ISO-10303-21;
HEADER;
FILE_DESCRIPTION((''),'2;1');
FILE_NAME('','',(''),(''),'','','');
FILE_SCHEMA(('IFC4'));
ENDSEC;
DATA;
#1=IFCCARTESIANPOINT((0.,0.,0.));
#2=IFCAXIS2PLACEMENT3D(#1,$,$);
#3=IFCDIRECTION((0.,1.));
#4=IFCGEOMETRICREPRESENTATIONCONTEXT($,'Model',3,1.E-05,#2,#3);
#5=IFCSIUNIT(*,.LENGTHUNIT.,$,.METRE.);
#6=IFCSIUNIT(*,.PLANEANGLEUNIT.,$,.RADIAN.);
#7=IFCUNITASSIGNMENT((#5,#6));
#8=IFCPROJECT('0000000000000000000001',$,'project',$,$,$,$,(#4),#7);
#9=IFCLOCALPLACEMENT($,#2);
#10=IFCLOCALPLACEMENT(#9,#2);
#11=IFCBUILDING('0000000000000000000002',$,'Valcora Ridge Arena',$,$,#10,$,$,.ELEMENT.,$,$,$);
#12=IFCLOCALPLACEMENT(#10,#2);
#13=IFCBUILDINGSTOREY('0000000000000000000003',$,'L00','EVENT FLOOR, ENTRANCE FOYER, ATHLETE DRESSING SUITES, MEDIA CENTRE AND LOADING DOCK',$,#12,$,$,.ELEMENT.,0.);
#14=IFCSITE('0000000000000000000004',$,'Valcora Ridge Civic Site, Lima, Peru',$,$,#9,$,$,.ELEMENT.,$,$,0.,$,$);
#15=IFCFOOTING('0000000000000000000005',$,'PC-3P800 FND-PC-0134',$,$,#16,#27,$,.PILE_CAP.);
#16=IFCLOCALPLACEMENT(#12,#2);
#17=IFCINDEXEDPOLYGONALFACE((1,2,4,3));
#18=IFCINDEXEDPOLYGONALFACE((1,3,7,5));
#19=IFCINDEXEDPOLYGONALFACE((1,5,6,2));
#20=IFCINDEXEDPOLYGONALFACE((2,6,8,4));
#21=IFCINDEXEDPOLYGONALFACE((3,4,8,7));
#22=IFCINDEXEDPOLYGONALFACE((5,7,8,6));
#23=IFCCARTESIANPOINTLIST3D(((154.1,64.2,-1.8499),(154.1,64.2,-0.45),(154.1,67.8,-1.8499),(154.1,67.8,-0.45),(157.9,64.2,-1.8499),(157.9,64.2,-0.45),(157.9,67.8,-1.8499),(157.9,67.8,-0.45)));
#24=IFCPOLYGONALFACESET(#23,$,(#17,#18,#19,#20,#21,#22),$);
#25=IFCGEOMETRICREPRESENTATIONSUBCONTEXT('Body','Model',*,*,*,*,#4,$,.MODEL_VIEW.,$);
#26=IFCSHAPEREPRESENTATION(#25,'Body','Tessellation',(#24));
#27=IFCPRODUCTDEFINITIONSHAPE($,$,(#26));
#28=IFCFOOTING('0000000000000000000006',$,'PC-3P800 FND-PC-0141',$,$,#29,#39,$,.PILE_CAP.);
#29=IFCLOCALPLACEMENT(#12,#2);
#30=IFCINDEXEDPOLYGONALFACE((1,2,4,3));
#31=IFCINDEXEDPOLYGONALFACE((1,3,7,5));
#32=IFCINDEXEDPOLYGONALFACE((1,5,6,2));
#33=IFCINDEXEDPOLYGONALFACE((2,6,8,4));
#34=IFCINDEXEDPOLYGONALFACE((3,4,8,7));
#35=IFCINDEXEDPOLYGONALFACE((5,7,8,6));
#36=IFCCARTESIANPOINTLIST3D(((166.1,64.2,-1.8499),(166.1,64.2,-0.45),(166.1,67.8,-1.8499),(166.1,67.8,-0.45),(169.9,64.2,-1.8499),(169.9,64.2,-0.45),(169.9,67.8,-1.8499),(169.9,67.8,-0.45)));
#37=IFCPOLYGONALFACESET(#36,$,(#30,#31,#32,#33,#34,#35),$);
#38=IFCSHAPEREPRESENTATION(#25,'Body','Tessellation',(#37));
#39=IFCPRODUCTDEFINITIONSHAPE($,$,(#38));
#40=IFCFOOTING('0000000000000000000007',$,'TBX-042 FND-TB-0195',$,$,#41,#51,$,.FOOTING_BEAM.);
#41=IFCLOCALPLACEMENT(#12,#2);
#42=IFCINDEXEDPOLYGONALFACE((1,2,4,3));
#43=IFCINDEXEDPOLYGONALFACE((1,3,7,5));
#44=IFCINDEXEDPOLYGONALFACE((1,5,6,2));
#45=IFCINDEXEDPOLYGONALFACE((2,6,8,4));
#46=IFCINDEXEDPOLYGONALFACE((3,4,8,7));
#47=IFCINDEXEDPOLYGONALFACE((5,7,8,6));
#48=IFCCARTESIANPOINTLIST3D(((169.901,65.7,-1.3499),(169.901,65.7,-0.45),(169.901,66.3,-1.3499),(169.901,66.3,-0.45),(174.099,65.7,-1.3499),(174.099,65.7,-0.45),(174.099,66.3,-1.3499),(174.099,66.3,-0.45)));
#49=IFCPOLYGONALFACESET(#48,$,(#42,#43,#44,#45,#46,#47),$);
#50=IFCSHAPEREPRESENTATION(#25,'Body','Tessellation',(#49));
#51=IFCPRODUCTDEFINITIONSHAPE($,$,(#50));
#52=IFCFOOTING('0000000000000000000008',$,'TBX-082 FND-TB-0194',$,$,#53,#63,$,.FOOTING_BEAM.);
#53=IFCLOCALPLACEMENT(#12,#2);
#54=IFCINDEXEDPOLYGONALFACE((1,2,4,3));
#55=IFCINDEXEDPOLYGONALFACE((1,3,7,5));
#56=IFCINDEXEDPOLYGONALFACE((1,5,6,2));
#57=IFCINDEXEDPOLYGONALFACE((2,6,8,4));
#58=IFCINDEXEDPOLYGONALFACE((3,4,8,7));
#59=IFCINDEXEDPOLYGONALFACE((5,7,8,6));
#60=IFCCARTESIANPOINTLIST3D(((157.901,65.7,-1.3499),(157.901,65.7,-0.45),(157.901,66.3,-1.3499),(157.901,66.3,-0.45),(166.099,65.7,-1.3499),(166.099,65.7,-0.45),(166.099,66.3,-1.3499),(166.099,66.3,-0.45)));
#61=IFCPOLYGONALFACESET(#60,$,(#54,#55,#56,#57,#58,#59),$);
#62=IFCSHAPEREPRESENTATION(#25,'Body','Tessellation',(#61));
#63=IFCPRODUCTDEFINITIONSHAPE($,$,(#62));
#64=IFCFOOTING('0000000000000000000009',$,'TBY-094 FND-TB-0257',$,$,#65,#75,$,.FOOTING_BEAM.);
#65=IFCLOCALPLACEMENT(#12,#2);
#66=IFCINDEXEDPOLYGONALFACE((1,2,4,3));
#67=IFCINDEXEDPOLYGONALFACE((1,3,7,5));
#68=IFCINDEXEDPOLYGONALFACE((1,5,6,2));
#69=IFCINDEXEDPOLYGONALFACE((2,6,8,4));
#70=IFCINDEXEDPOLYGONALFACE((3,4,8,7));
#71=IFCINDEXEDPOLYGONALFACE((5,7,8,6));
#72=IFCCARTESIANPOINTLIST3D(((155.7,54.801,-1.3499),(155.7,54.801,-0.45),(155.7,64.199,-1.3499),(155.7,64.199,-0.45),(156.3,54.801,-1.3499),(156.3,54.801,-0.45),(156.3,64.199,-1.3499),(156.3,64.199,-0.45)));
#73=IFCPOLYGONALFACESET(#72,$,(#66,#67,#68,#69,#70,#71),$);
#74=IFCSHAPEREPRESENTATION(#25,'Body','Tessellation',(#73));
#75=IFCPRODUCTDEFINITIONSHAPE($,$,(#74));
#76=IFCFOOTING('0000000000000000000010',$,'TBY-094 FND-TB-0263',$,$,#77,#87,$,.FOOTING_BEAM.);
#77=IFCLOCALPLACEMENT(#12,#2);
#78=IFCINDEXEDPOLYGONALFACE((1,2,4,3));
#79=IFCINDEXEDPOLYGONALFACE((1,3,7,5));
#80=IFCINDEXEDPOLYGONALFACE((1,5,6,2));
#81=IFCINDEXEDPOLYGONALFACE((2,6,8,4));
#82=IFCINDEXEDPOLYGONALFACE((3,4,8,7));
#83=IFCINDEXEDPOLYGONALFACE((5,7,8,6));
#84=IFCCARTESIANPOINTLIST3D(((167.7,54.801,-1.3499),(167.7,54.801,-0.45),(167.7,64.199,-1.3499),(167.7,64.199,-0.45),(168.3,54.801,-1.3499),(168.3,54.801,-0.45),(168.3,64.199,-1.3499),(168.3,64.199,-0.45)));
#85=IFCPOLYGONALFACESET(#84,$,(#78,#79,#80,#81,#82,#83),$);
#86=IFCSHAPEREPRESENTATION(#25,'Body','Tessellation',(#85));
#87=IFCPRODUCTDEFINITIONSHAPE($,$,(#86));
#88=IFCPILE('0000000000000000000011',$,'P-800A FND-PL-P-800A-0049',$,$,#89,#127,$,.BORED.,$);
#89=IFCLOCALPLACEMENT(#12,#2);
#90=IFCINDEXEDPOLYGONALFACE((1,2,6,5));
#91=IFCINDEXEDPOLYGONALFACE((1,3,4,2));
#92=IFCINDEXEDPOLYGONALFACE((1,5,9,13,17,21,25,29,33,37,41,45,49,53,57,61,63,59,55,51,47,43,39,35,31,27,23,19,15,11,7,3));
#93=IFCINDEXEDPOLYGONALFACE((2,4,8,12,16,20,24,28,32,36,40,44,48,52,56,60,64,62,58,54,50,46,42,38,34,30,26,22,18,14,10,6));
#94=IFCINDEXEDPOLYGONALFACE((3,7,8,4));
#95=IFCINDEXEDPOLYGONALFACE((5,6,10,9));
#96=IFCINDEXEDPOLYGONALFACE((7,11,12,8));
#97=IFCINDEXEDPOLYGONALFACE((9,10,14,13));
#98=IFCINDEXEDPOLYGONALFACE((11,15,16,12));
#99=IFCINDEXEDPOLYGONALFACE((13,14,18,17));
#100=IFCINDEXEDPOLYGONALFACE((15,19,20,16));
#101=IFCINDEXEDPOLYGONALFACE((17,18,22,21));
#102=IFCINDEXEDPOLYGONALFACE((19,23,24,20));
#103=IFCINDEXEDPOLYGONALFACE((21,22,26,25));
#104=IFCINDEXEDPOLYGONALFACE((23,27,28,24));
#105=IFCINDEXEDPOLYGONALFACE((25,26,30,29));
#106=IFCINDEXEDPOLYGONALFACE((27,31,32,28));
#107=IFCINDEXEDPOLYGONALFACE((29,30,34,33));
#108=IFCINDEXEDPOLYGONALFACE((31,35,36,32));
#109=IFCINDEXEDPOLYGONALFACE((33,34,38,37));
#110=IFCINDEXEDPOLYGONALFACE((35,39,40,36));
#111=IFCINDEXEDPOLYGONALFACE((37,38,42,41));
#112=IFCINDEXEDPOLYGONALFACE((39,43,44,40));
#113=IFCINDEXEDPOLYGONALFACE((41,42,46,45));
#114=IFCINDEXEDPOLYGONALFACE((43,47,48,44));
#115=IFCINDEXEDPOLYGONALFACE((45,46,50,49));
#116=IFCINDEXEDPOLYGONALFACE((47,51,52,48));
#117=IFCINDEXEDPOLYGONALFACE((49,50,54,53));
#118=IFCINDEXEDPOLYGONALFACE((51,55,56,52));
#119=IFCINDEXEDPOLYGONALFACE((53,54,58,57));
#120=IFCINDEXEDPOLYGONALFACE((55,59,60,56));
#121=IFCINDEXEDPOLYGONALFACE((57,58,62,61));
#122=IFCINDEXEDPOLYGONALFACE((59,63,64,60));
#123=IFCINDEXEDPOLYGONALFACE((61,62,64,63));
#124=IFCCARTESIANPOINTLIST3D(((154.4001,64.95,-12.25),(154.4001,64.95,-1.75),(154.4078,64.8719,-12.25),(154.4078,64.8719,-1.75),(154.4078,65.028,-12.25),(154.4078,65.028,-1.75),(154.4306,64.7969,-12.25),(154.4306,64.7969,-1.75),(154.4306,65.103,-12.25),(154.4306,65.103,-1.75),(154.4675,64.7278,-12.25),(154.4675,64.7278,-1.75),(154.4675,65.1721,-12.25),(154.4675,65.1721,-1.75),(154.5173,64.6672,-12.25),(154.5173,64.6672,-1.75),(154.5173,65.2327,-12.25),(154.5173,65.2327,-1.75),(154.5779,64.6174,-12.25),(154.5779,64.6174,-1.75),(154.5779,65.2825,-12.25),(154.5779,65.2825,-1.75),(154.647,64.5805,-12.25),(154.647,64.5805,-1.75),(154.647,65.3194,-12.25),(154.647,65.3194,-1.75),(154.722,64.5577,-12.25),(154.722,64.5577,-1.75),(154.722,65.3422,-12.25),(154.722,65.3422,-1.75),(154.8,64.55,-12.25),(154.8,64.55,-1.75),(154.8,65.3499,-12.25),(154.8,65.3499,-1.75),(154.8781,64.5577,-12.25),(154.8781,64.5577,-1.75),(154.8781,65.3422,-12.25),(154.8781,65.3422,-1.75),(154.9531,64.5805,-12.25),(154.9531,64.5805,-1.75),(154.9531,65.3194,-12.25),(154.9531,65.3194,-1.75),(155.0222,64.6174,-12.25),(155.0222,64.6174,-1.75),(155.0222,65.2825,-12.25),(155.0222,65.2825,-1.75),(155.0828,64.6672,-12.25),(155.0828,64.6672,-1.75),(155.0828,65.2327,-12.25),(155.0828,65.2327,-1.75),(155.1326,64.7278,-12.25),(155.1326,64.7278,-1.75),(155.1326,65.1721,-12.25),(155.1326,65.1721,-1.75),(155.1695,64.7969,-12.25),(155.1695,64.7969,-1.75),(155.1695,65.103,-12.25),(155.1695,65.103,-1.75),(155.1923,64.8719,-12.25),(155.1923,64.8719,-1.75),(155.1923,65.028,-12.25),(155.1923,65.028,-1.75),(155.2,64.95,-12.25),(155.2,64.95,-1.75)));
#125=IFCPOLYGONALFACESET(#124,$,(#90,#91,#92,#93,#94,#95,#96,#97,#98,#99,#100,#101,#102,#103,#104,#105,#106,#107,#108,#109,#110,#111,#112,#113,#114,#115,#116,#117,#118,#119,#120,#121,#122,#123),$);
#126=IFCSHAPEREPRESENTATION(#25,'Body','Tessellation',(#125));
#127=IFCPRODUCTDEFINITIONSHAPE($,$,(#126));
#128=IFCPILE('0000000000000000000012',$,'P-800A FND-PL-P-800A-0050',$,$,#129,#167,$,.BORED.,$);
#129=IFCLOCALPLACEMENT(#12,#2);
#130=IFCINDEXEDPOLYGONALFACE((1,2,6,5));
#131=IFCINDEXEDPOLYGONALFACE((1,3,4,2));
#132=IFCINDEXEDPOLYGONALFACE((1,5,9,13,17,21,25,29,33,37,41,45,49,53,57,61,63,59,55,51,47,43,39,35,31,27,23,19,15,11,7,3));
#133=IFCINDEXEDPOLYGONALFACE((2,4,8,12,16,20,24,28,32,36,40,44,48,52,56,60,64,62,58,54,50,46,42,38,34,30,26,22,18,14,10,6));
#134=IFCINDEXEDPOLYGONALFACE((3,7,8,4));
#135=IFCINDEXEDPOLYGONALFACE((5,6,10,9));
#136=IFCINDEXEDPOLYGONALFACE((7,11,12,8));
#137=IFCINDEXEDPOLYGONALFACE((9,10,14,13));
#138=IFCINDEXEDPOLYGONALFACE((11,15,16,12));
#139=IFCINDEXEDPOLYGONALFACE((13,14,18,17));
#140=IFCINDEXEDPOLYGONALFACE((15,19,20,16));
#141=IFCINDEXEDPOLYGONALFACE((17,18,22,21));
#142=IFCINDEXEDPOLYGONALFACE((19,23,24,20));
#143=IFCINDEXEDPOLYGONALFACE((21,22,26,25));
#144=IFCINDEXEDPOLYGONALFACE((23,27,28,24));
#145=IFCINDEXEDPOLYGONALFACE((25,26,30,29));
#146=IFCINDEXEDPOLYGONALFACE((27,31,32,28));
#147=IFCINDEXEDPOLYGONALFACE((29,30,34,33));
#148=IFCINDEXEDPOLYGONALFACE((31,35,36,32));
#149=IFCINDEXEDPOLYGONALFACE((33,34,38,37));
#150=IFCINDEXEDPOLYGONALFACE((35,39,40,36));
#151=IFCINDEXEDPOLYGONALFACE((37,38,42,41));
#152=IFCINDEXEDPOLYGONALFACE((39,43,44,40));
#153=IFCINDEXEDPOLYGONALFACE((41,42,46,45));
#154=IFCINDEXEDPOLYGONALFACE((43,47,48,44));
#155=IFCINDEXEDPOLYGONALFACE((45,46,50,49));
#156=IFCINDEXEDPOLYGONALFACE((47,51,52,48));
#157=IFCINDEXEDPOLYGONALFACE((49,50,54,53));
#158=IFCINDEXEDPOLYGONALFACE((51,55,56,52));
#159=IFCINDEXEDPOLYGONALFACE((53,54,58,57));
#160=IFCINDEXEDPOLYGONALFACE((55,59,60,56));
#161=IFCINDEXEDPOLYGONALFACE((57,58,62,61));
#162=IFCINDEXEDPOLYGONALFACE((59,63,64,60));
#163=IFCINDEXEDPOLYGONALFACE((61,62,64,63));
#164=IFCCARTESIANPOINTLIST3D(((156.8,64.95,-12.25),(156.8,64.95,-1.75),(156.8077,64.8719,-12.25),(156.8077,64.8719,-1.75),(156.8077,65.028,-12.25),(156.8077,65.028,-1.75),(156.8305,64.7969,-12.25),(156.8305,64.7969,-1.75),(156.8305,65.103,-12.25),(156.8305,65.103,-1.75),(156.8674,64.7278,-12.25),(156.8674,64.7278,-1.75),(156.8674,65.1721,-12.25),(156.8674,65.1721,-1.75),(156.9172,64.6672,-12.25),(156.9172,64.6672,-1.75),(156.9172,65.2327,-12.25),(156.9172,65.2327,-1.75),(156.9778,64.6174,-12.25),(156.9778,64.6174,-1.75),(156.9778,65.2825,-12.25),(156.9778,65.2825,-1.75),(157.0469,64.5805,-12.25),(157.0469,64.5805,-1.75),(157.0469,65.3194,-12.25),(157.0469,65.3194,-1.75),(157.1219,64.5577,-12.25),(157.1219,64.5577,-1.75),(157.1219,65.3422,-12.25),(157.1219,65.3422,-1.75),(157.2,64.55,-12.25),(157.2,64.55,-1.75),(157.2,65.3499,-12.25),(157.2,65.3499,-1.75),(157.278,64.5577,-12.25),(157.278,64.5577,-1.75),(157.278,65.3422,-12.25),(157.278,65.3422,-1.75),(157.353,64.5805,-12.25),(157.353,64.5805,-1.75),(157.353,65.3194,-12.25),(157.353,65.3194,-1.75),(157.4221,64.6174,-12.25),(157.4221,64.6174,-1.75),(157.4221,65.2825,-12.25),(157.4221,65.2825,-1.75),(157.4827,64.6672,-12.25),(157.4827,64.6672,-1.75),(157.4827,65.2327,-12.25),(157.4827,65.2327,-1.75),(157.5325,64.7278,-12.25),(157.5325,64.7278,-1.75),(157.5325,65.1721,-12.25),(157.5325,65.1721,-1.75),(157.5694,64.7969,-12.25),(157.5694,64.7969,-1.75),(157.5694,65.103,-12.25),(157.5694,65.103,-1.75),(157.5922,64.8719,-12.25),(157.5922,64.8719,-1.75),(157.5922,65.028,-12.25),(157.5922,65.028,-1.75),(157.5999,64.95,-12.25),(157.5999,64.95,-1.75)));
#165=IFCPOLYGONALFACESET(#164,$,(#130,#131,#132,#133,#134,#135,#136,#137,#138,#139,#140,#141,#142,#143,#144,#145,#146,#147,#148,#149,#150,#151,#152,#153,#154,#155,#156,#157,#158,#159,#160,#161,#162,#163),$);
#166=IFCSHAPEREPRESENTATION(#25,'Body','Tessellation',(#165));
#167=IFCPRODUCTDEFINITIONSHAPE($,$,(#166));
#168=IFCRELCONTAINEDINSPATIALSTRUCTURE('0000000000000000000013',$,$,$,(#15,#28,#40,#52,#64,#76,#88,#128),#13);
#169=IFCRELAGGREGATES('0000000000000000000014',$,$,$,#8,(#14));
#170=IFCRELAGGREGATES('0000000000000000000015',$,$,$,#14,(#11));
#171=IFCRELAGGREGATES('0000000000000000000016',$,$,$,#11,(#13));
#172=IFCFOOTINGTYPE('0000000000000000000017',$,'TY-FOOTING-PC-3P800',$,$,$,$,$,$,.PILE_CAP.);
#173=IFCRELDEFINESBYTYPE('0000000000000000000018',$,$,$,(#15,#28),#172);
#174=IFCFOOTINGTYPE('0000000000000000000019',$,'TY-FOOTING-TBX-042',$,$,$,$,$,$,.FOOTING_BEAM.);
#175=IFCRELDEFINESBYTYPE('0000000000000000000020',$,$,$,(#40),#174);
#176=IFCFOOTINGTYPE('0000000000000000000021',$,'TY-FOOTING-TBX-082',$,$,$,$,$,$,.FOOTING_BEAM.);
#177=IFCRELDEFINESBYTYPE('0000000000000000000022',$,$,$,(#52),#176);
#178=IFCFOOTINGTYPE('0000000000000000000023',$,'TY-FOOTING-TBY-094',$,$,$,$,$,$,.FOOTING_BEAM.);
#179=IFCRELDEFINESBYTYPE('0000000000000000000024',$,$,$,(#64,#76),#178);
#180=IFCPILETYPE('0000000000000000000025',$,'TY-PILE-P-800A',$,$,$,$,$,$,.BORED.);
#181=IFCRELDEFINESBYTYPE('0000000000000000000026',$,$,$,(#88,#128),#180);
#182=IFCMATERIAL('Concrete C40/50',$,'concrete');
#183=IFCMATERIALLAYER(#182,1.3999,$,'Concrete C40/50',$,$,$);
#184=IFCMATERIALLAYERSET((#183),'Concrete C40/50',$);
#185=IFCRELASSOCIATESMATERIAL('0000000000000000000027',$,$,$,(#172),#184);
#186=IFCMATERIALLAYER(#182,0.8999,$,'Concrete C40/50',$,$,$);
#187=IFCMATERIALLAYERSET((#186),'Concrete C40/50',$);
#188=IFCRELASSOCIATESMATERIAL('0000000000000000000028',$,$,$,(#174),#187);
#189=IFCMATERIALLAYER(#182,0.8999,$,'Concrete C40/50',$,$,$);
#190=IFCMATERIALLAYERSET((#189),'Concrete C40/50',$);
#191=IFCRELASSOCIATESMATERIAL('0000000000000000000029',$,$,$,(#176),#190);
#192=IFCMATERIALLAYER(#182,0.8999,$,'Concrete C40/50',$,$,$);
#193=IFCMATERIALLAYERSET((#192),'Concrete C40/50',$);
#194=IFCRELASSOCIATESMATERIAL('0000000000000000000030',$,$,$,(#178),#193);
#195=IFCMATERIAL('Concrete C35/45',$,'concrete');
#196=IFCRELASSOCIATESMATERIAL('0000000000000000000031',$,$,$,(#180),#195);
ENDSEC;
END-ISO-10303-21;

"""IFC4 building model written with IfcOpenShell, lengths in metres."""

from ifc_helpers import new_model, si_unit, direction, frame, origin, origin_2d, place, context, subcontext, project, spatial, rectangle, circle, extrude, material, layer, layer_set, material_profile, profile_set, type_object, element, save


model = new_model("IFC4")

# Units and contexts
model_context = context("Model", 3, precision=1e-05, world=origin(), true_north=direction((0.0, 1.0)))
body_context = subcontext(model_context, "Body", "Model", "MODEL_VIEW")
ifc_project = project(units=[si_unit("LENGTHUNIT", "METRE"), si_unit("PLANEANGLEUNIT", "RADIAN")], contexts=[model_context])

# Site, building, storey
site_placement = place(None, origin())
site = spatial("IfcSite", under=ifc_project, at=site_placement, Name="Valcora Ridge Civic Site, Lima, Peru", CompositionType="ELEMENT", RefElevation=0.0)
building_placement = place(site_placement, origin())
building = spatial("IfcBuilding", under=site, at=building_placement, Name="Valcora Ridge Arena", CompositionType="ELEMENT")
storey_placement = place(building_placement, origin())
storey = spatial("IfcBuildingStorey", under=building, at=storey_placement, Name="L00", Description="EVENT FLOOR, ENTRANCE FOYER, ATHLETE DRESSING SUITES, MEDIA CENTRE AND LOADING DOCK", CompositionType="ELEMENT", Elevation=0.0)

# Footings
ifc_material_1 = material(Name="Concrete C40/50", Category="concrete")
ifc_layer_1 = layer(ifc_material_1, 1.3999, Name="Concrete C40/50")
ifc_layer_set_1 = layer_set([ifc_layer_1], Name="Concrete C40/50")
footing_type_1 = type_object("IfcFootingType", Name="TY-FOOTING-PC-3P800", PredefinedType="PILE_CAP", material=ifc_layer_set_1)
for number, where, z_axis, x_axis, name in (
    (1, (156.0, 66.0, -1.8499), (0.0, 0.0, 1.0), (1.0, 0.0, 0.0), "PC-3P800 FND-PC-0134"),
    (2, (168.0, 66.0, -1.8499), (0.0, 0.0, 1.0), (1.0, 0.0, 0.0), "PC-3P800 FND-PC-0141"),
):
    element("IfcFooting", number, at=place(storey_placement, frame(where, z_axis=z_axis, x_axis=x_axis)), inside=storey, type_object=footing_type_1, Name=name, PredefinedType="PILE_CAP", context=body_context, shape_type="SweptSolid", body=[
        extrude(rectangle(XDim=3.8, YDim=3.6001, at=origin_2d()), origin(), (0.0, 0.0, 1.0), 1.3999),
    ])
ifc_layer_2 = layer(ifc_material_1, 0.8999, Name="Concrete C40/50")
ifc_layer_set_2 = layer_set([ifc_layer_2], Name="Concrete C40/50")
footing_type_2 = type_object("IfcFootingType", Name="TY-FOOTING-TBX-042", PredefinedType="FOOTING_BEAM", material=ifc_layer_set_2)
footing_1_placement = place(storey_placement, frame((172.0, 66.0, -1.3499), z_axis=(0.0, 0.0, 1.0), x_axis=(1.0, 0.0, 0.0)))
element("IfcFooting", 3, at=footing_1_placement, inside=storey, type_object=footing_type_2, Name="TBX-042 FND-TB-0195", PredefinedType="FOOTING_BEAM", context=body_context, shape_type="SweptSolid", body=[
    extrude(rectangle(XDim=4.198, YDim=0.6001, at=origin_2d()), origin(), (0.0, 0.0, 1.0), 0.8999),
])
ifc_layer_3 = layer(ifc_material_1, 0.8999, Name="Concrete C40/50")
ifc_layer_set_3 = layer_set([ifc_layer_3], Name="Concrete C40/50")
footing_type_3 = type_object("IfcFootingType", Name="TY-FOOTING-TBX-082", PredefinedType="FOOTING_BEAM", material=ifc_layer_set_3)
footing_2_placement = place(storey_placement, frame((162.0, 66.0, -1.3499), z_axis=(0.0, 0.0, 1.0), x_axis=(1.0, 0.0, 0.0)))
element("IfcFooting", 4, at=footing_2_placement, inside=storey, type_object=footing_type_3, Name="TBX-082 FND-TB-0194", PredefinedType="FOOTING_BEAM", context=body_context, shape_type="SweptSolid", body=[
    extrude(rectangle(XDim=8.198, YDim=0.6001, at=origin_2d()), origin(), (0.0, 0.0, 1.0), 0.8999),
])
ifc_layer_4 = layer(ifc_material_1, 0.8999, Name="Concrete C40/50")
ifc_layer_set_4 = layer_set([ifc_layer_4], Name="Concrete C40/50")
footing_type_4 = type_object("IfcFootingType", Name="TY-FOOTING-TBY-094", PredefinedType="FOOTING_BEAM", material=ifc_layer_set_4)
for number, where, z_axis, x_axis, name in (
    (5, (156.0, 59.5, -1.3499), (0.0, 0.0, 1.0), (1.0, 0.0, 0.0), "TBY-094 FND-TB-0257"),
    (6, (168.0, 59.5, -1.3499), (0.0, 0.0, 1.0), (1.0, 0.0, 0.0), "TBY-094 FND-TB-0263"),
):
    element("IfcFooting", number, at=place(storey_placement, frame(where, z_axis=z_axis, x_axis=x_axis)), inside=storey, type_object=footing_type_4, Name=name, PredefinedType="FOOTING_BEAM", context=body_context, shape_type="SweptSolid", body=[
        extrude(rectangle(XDim=0.6001, YDim=9.3979, at=origin_2d()), origin(), (0.0, 0.0, 1.0), 0.8999),
    ])

# Piles
ifc_material_2 = material(Name="Concrete C35/45", Category="concrete")
ifc_material_profile_1 = material_profile(ifc_material_2, circle(Radius=0.3999, at=origin_2d()), Name="BORED PILE D800")
ifc_profile_set_1 = profile_set([ifc_material_profile_1], Name="Concrete C35/45")
pile_type = type_object("IfcPileType", Name="TY-PILE-P-800A", PredefinedType="BORED", material=ifc_profile_set_1)
for number, where, z_axis, x_axis, name in (
    (7, (154.8, 64.95, -1.75), (0.0, 0.0, -1.0), (1.0, 0.0, 0.0), "P-800A FND-PL-P-800A-0049"),
    (8, (157.2, 64.95, -1.75), (0.0, 0.0, -1.0), (1.0, 0.0, 0.0), "P-800A FND-PL-P-800A-0050"),
):
    element("IfcPile", number, at=place(storey_placement, frame(where, z_axis=z_axis, x_axis=x_axis)), inside=storey, type_object=pile_type, Name=name, PredefinedType="BORED", context=body_context, shape_type="SweptSolid", body=[
        extrude(circle(Radius=0.3999, at=origin_2d()), origin(), (0.0, 0.0, 1.0), 10.5),
    ])

save(model, "model.ifc")
